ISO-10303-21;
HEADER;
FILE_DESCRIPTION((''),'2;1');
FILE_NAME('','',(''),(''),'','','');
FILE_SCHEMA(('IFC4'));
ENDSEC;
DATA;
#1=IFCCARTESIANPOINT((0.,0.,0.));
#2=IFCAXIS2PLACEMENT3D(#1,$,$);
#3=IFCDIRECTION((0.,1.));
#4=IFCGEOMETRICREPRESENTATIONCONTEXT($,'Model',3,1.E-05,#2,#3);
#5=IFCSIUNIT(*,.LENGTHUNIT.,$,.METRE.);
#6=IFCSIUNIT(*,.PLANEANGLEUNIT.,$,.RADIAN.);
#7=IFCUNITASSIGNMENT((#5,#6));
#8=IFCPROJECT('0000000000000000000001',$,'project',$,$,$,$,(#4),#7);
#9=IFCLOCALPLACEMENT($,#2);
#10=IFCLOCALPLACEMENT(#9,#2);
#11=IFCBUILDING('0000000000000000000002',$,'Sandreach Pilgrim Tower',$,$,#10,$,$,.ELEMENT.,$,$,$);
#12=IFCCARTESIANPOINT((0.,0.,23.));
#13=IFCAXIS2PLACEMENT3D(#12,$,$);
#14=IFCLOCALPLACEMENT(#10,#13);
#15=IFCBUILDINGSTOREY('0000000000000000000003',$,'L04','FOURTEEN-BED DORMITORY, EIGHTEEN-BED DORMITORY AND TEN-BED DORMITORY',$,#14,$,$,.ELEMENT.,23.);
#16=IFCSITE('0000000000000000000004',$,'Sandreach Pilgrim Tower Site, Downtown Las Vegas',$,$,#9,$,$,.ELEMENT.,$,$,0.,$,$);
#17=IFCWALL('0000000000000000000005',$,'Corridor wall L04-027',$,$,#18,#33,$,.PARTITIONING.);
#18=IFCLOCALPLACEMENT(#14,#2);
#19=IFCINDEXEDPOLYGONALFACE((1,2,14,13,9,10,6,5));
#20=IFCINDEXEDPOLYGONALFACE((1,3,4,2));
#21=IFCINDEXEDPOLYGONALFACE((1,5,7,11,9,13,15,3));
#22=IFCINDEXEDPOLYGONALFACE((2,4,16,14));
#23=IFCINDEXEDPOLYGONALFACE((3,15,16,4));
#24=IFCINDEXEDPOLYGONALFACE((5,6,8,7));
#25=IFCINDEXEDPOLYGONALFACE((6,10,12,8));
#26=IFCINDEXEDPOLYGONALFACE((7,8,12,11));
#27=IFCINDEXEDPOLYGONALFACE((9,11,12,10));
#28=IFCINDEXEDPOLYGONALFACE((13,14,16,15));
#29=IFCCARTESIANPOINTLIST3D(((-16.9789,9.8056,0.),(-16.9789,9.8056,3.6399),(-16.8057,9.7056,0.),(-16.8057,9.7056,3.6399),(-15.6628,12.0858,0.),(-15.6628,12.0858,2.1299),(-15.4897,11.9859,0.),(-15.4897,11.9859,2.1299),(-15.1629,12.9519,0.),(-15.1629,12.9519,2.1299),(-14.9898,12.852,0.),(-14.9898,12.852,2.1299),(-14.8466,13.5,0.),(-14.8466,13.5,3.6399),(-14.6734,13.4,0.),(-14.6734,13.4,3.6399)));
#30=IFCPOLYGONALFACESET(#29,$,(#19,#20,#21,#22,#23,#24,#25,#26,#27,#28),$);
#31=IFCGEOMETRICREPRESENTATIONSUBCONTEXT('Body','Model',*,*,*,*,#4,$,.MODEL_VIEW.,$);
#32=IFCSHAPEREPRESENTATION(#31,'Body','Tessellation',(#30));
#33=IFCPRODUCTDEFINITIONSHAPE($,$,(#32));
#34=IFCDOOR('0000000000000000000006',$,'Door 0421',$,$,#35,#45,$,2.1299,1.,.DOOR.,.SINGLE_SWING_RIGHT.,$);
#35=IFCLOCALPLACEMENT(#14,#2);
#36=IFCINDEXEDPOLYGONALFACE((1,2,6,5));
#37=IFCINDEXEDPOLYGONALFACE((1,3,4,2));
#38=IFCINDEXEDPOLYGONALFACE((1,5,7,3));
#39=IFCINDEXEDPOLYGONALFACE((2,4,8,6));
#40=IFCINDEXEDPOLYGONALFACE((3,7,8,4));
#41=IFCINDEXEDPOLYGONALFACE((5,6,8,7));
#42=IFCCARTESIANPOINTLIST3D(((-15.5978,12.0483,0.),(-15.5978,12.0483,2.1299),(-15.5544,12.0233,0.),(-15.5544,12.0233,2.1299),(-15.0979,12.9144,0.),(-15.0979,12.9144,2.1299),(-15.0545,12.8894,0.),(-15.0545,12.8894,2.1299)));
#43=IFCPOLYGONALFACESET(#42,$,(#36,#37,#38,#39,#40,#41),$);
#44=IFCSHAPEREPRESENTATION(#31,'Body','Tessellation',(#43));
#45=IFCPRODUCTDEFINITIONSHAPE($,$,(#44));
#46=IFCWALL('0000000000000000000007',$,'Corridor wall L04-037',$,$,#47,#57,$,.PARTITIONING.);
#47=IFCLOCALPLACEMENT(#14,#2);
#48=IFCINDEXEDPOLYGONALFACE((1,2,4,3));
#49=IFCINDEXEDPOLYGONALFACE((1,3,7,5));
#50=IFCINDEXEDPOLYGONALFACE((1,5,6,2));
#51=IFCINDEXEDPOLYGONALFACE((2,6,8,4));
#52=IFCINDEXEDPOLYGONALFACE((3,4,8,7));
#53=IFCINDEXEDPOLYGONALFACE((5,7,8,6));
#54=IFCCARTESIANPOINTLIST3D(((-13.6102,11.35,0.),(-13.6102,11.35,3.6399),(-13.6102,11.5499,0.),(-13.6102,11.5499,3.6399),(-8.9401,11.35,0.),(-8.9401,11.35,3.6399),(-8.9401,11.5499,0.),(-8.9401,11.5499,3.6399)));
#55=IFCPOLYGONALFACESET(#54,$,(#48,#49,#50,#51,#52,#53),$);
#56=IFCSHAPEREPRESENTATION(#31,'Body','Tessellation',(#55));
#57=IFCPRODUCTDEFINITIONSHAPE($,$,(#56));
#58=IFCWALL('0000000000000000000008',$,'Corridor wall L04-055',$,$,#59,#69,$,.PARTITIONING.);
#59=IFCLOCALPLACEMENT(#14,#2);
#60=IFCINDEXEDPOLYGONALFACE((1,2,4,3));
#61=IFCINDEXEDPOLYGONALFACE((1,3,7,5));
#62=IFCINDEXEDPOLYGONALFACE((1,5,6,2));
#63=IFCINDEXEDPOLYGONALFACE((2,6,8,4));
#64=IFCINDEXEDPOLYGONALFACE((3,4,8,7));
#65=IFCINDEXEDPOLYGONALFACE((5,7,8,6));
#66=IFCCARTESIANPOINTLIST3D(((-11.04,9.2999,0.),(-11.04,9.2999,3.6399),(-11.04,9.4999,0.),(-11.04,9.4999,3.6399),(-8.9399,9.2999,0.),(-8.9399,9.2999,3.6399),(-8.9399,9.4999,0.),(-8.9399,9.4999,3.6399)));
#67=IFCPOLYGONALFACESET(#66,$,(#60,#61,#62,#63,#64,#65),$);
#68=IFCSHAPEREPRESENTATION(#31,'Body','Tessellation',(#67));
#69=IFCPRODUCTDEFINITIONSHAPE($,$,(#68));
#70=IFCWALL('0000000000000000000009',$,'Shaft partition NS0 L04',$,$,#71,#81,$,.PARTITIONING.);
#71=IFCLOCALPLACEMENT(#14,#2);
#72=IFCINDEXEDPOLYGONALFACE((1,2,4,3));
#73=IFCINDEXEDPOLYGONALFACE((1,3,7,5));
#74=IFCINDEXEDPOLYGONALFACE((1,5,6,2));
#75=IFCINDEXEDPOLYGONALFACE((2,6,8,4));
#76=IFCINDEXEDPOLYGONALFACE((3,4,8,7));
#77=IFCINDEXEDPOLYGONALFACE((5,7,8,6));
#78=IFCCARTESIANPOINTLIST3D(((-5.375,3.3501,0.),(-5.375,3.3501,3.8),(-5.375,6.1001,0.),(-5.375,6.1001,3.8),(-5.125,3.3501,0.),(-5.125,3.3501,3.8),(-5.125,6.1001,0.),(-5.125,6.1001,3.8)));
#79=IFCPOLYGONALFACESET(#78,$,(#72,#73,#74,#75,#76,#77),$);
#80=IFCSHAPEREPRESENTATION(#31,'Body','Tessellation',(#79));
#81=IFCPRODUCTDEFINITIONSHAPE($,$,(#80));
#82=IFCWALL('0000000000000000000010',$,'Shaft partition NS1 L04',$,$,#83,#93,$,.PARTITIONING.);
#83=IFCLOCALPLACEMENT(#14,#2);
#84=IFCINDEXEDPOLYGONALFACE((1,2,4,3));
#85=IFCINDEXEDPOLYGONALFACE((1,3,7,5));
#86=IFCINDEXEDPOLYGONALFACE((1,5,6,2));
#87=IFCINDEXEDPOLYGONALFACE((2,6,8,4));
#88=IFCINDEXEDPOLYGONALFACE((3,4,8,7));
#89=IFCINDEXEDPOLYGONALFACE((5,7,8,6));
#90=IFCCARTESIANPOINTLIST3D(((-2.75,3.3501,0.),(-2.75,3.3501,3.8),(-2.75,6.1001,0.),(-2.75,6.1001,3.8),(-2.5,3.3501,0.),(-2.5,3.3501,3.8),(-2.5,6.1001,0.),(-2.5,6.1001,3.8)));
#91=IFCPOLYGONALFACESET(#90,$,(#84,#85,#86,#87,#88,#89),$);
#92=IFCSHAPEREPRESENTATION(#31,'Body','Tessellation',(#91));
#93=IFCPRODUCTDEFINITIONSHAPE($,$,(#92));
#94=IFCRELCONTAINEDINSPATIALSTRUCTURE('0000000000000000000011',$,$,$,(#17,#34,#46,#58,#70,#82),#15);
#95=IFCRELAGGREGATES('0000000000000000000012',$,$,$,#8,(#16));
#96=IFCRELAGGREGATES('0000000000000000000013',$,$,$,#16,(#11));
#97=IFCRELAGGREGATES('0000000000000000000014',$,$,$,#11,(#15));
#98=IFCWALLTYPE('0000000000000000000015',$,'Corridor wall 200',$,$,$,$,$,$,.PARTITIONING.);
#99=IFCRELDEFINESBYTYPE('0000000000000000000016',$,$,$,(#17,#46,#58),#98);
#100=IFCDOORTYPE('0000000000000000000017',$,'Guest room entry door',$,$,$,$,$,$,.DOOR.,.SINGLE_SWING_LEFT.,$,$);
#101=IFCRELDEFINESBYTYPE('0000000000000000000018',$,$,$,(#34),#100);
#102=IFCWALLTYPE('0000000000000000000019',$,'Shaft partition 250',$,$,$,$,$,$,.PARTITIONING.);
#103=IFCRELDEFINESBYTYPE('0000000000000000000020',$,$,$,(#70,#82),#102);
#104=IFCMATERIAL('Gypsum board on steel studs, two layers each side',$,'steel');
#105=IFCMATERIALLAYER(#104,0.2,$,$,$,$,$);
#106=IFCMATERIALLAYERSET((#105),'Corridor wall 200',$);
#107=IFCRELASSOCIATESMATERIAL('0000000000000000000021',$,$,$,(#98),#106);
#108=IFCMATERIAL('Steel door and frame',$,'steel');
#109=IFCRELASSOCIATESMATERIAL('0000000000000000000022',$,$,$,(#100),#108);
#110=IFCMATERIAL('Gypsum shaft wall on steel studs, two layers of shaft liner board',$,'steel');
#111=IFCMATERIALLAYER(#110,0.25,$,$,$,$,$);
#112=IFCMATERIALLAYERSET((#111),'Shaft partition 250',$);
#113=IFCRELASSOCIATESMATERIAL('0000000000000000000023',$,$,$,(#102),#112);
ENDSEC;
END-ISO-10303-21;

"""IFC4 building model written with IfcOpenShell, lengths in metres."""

from ifc_helpers import new_model, si_unit, direction, frame, frame_2d, origin, place, context, subcontext, project, spatial, rectangle, extrude, material, layer, layer_set, type_object, element, fill, save


model = new_model("IFC4")

# Units and contexts
model_context = context("Model", 3, precision=1e-05, world=origin(), true_north=direction((0.0, 1.0)))
body_context = subcontext(model_context, "Body", "Model", "MODEL_VIEW")
ifc_project = project(units=[si_unit("LENGTHUNIT", "METRE"), si_unit("PLANEANGLEUNIT", "RADIAN")], contexts=[model_context])

# Site, building, storey
site_placement = place(None, origin())
site = spatial("IfcSite", under=ifc_project, at=site_placement, Name="Sandreach Pilgrim Tower Site, Downtown Las Vegas", CompositionType="ELEMENT", RefElevation=0.0)
building_placement = place(site_placement, origin())
building = spatial("IfcBuilding", under=site, at=building_placement, Name="Sandreach Pilgrim Tower", CompositionType="ELEMENT")
storey_placement = place(building_placement, frame((0.0, 0.0, 23.0)))
storey = spatial("IfcBuildingStorey", under=building, at=storey_placement, Name="L04", Description="FOURTEEN-BED DORMITORY, EIGHTEEN-BED DORMITORY AND TEN-BED DORMITORY", CompositionType="ELEMENT", Elevation=23.0)

# Wall, opening, door
ifc_material_1 = material(Name="Gypsum board on steel studs, two layers each side", Category="steel")
ifc_layer_1 = layer(ifc_material_1, 0.2)
ifc_layer_set_1 = layer_set([ifc_layer_1], Name="Corridor wall 200")
wall_type_1 = type_object("IfcWallType", Name="Corridor wall 200", PredefinedType="PARTITIONING", material=ifc_layer_set_1)
wall_1_placement = place(storey_placement, frame((-16.8923, 9.7556, 0.0), z_axis=(0.0, 0.0, 1.0), x_axis=(0.499894, 0.866086, 0.0)))
wall_1 = element("IfcWall", 1, at=wall_1_placement, inside=storey, type_object=wall_type_1, Name="Corridor wall L04-027", PredefinedType="PARTITIONING", context=body_context, shape_type="SweptSolid", body=[
    extrude(rectangle(XDim=4.2656, YDim=0.2, at=frame_2d((2.1328, 0.0))), origin(), (0.0, 0.0, 1.0), 3.6399),
])
opening_1_placement = place(wall_1_placement, frame((2.6328, 0.0, 0.0)))
opening_1 = element("IfcOpeningElement", 2, at=opening_1_placement, cuts=wall_1, PredefinedType="OPENING", context=body_context, shape_type="SweptSolid", body=[
    extrude(rectangle(XDim=1.0, YDim=2.1299, at=frame_2d((0.5, 1.0649))), frame((0.0, 0.1001, 0.0), z_axis=(0.0, -1.0, 0.0), x_axis=(1.0, 0.0, 0.0)), (0.0, 0.0, 1.0), 0.2),
])
ifc_material_2 = material(Name="Steel door and frame", Category="steel")
door_type_1 = type_object("IfcDoorType", Name="Guest room entry door", OperationType="SINGLE_SWING_LEFT", PredefinedType="DOOR", material=ifc_material_2)
door_1_placement = place(opening_1_placement, origin())
door_1 = element("IfcDoor", 3, at=door_1_placement, inside=storey, type_object=door_type_1, Name="Door 0421", OperationType="SINGLE_SWING_RIGHT", OverallHeight=2.1299, OverallWidth=1.0, PredefinedType="DOOR", context=body_context, shape_type="SweptSolid", body=[
    extrude(rectangle(XDim=1.0, YDim=2.1299, at=frame_2d((0.5, 1.0649))), frame((0.0, 0.0249, 0.0), z_axis=(0.0, -1.0, 0.0), x_axis=(1.0, 0.0, 0.0)), (0.0, 0.0, 1.0), 0.05),
])
fill(opening_1, door_1)

# Wall
wall_2_placement = place(storey_placement, frame((-13.6101, 11.45, 0.0), z_axis=(0.0, 0.0, 1.0), x_axis=(1.0, 0.0, 0.0)))
element("IfcWall", 4, at=wall_2_placement, inside=storey, type_object=wall_type_1, Name="Corridor wall L04-037", PredefinedType="PARTITIONING", context=body_context, shape_type="SweptSolid", body=[
    extrude(rectangle(XDim=4.6702, YDim=0.2, at=frame_2d((2.335, 0.0))), origin(), (0.0, 0.0, 1.0), 3.6399),
])

# Wall
wall_3_placement = place(storey_placement, frame((-8.9399, 9.3999, 0.0), z_axis=(0.0, 0.0, 1.0), x_axis=(-1.0, 0.0, 0.0)))
element("IfcWall", 5, at=wall_3_placement, inside=storey, type_object=wall_type_1, Name="Corridor wall L04-055", PredefinedType="PARTITIONING", context=body_context, shape_type="SweptSolid", body=[
    extrude(rectangle(XDim=2.1001, YDim=0.2, at=frame_2d((1.05, 0.0))), origin(), (0.0, 0.0, 1.0), 3.6399),
])

# Walls
ifc_material_3 = material(Name="Gypsum shaft wall on steel studs, two layers of shaft liner board", Category="steel")
ifc_layer_2 = layer(ifc_material_3, 0.25)
ifc_layer_set_2 = layer_set([ifc_layer_2], Name="Shaft partition 250")
wall_type_2 = type_object("IfcWallType", Name="Shaft partition 250", PredefinedType="PARTITIONING", material=ifc_layer_set_2)
for number, where, z_axis, x_axis, name in (
    (6, (-5.25, 3.3501, 0.0), (0.0, 0.0, 1.0), (0.0, 1.0, 0.0), "Shaft partition NS0 L04"),
    (7, (-2.625, 3.3501, 0.0), (0.0, 0.0, 1.0), (0.0, 1.0, 0.0), "Shaft partition NS1 L04"),
):
    element("IfcWall", number, at=place(storey_placement, frame(where, z_axis=z_axis, x_axis=x_axis)), inside=storey, type_object=wall_type_2, Name=name, PredefinedType="PARTITIONING", context=body_context, shape_type="SweptSolid", body=[
        extrude(rectangle(XDim=2.75, YDim=0.25, at=frame_2d((1.375, 0.0))), origin(), (0.0, 0.0, 1.0), 3.8),
    ])

save(model, "model.ifc")
